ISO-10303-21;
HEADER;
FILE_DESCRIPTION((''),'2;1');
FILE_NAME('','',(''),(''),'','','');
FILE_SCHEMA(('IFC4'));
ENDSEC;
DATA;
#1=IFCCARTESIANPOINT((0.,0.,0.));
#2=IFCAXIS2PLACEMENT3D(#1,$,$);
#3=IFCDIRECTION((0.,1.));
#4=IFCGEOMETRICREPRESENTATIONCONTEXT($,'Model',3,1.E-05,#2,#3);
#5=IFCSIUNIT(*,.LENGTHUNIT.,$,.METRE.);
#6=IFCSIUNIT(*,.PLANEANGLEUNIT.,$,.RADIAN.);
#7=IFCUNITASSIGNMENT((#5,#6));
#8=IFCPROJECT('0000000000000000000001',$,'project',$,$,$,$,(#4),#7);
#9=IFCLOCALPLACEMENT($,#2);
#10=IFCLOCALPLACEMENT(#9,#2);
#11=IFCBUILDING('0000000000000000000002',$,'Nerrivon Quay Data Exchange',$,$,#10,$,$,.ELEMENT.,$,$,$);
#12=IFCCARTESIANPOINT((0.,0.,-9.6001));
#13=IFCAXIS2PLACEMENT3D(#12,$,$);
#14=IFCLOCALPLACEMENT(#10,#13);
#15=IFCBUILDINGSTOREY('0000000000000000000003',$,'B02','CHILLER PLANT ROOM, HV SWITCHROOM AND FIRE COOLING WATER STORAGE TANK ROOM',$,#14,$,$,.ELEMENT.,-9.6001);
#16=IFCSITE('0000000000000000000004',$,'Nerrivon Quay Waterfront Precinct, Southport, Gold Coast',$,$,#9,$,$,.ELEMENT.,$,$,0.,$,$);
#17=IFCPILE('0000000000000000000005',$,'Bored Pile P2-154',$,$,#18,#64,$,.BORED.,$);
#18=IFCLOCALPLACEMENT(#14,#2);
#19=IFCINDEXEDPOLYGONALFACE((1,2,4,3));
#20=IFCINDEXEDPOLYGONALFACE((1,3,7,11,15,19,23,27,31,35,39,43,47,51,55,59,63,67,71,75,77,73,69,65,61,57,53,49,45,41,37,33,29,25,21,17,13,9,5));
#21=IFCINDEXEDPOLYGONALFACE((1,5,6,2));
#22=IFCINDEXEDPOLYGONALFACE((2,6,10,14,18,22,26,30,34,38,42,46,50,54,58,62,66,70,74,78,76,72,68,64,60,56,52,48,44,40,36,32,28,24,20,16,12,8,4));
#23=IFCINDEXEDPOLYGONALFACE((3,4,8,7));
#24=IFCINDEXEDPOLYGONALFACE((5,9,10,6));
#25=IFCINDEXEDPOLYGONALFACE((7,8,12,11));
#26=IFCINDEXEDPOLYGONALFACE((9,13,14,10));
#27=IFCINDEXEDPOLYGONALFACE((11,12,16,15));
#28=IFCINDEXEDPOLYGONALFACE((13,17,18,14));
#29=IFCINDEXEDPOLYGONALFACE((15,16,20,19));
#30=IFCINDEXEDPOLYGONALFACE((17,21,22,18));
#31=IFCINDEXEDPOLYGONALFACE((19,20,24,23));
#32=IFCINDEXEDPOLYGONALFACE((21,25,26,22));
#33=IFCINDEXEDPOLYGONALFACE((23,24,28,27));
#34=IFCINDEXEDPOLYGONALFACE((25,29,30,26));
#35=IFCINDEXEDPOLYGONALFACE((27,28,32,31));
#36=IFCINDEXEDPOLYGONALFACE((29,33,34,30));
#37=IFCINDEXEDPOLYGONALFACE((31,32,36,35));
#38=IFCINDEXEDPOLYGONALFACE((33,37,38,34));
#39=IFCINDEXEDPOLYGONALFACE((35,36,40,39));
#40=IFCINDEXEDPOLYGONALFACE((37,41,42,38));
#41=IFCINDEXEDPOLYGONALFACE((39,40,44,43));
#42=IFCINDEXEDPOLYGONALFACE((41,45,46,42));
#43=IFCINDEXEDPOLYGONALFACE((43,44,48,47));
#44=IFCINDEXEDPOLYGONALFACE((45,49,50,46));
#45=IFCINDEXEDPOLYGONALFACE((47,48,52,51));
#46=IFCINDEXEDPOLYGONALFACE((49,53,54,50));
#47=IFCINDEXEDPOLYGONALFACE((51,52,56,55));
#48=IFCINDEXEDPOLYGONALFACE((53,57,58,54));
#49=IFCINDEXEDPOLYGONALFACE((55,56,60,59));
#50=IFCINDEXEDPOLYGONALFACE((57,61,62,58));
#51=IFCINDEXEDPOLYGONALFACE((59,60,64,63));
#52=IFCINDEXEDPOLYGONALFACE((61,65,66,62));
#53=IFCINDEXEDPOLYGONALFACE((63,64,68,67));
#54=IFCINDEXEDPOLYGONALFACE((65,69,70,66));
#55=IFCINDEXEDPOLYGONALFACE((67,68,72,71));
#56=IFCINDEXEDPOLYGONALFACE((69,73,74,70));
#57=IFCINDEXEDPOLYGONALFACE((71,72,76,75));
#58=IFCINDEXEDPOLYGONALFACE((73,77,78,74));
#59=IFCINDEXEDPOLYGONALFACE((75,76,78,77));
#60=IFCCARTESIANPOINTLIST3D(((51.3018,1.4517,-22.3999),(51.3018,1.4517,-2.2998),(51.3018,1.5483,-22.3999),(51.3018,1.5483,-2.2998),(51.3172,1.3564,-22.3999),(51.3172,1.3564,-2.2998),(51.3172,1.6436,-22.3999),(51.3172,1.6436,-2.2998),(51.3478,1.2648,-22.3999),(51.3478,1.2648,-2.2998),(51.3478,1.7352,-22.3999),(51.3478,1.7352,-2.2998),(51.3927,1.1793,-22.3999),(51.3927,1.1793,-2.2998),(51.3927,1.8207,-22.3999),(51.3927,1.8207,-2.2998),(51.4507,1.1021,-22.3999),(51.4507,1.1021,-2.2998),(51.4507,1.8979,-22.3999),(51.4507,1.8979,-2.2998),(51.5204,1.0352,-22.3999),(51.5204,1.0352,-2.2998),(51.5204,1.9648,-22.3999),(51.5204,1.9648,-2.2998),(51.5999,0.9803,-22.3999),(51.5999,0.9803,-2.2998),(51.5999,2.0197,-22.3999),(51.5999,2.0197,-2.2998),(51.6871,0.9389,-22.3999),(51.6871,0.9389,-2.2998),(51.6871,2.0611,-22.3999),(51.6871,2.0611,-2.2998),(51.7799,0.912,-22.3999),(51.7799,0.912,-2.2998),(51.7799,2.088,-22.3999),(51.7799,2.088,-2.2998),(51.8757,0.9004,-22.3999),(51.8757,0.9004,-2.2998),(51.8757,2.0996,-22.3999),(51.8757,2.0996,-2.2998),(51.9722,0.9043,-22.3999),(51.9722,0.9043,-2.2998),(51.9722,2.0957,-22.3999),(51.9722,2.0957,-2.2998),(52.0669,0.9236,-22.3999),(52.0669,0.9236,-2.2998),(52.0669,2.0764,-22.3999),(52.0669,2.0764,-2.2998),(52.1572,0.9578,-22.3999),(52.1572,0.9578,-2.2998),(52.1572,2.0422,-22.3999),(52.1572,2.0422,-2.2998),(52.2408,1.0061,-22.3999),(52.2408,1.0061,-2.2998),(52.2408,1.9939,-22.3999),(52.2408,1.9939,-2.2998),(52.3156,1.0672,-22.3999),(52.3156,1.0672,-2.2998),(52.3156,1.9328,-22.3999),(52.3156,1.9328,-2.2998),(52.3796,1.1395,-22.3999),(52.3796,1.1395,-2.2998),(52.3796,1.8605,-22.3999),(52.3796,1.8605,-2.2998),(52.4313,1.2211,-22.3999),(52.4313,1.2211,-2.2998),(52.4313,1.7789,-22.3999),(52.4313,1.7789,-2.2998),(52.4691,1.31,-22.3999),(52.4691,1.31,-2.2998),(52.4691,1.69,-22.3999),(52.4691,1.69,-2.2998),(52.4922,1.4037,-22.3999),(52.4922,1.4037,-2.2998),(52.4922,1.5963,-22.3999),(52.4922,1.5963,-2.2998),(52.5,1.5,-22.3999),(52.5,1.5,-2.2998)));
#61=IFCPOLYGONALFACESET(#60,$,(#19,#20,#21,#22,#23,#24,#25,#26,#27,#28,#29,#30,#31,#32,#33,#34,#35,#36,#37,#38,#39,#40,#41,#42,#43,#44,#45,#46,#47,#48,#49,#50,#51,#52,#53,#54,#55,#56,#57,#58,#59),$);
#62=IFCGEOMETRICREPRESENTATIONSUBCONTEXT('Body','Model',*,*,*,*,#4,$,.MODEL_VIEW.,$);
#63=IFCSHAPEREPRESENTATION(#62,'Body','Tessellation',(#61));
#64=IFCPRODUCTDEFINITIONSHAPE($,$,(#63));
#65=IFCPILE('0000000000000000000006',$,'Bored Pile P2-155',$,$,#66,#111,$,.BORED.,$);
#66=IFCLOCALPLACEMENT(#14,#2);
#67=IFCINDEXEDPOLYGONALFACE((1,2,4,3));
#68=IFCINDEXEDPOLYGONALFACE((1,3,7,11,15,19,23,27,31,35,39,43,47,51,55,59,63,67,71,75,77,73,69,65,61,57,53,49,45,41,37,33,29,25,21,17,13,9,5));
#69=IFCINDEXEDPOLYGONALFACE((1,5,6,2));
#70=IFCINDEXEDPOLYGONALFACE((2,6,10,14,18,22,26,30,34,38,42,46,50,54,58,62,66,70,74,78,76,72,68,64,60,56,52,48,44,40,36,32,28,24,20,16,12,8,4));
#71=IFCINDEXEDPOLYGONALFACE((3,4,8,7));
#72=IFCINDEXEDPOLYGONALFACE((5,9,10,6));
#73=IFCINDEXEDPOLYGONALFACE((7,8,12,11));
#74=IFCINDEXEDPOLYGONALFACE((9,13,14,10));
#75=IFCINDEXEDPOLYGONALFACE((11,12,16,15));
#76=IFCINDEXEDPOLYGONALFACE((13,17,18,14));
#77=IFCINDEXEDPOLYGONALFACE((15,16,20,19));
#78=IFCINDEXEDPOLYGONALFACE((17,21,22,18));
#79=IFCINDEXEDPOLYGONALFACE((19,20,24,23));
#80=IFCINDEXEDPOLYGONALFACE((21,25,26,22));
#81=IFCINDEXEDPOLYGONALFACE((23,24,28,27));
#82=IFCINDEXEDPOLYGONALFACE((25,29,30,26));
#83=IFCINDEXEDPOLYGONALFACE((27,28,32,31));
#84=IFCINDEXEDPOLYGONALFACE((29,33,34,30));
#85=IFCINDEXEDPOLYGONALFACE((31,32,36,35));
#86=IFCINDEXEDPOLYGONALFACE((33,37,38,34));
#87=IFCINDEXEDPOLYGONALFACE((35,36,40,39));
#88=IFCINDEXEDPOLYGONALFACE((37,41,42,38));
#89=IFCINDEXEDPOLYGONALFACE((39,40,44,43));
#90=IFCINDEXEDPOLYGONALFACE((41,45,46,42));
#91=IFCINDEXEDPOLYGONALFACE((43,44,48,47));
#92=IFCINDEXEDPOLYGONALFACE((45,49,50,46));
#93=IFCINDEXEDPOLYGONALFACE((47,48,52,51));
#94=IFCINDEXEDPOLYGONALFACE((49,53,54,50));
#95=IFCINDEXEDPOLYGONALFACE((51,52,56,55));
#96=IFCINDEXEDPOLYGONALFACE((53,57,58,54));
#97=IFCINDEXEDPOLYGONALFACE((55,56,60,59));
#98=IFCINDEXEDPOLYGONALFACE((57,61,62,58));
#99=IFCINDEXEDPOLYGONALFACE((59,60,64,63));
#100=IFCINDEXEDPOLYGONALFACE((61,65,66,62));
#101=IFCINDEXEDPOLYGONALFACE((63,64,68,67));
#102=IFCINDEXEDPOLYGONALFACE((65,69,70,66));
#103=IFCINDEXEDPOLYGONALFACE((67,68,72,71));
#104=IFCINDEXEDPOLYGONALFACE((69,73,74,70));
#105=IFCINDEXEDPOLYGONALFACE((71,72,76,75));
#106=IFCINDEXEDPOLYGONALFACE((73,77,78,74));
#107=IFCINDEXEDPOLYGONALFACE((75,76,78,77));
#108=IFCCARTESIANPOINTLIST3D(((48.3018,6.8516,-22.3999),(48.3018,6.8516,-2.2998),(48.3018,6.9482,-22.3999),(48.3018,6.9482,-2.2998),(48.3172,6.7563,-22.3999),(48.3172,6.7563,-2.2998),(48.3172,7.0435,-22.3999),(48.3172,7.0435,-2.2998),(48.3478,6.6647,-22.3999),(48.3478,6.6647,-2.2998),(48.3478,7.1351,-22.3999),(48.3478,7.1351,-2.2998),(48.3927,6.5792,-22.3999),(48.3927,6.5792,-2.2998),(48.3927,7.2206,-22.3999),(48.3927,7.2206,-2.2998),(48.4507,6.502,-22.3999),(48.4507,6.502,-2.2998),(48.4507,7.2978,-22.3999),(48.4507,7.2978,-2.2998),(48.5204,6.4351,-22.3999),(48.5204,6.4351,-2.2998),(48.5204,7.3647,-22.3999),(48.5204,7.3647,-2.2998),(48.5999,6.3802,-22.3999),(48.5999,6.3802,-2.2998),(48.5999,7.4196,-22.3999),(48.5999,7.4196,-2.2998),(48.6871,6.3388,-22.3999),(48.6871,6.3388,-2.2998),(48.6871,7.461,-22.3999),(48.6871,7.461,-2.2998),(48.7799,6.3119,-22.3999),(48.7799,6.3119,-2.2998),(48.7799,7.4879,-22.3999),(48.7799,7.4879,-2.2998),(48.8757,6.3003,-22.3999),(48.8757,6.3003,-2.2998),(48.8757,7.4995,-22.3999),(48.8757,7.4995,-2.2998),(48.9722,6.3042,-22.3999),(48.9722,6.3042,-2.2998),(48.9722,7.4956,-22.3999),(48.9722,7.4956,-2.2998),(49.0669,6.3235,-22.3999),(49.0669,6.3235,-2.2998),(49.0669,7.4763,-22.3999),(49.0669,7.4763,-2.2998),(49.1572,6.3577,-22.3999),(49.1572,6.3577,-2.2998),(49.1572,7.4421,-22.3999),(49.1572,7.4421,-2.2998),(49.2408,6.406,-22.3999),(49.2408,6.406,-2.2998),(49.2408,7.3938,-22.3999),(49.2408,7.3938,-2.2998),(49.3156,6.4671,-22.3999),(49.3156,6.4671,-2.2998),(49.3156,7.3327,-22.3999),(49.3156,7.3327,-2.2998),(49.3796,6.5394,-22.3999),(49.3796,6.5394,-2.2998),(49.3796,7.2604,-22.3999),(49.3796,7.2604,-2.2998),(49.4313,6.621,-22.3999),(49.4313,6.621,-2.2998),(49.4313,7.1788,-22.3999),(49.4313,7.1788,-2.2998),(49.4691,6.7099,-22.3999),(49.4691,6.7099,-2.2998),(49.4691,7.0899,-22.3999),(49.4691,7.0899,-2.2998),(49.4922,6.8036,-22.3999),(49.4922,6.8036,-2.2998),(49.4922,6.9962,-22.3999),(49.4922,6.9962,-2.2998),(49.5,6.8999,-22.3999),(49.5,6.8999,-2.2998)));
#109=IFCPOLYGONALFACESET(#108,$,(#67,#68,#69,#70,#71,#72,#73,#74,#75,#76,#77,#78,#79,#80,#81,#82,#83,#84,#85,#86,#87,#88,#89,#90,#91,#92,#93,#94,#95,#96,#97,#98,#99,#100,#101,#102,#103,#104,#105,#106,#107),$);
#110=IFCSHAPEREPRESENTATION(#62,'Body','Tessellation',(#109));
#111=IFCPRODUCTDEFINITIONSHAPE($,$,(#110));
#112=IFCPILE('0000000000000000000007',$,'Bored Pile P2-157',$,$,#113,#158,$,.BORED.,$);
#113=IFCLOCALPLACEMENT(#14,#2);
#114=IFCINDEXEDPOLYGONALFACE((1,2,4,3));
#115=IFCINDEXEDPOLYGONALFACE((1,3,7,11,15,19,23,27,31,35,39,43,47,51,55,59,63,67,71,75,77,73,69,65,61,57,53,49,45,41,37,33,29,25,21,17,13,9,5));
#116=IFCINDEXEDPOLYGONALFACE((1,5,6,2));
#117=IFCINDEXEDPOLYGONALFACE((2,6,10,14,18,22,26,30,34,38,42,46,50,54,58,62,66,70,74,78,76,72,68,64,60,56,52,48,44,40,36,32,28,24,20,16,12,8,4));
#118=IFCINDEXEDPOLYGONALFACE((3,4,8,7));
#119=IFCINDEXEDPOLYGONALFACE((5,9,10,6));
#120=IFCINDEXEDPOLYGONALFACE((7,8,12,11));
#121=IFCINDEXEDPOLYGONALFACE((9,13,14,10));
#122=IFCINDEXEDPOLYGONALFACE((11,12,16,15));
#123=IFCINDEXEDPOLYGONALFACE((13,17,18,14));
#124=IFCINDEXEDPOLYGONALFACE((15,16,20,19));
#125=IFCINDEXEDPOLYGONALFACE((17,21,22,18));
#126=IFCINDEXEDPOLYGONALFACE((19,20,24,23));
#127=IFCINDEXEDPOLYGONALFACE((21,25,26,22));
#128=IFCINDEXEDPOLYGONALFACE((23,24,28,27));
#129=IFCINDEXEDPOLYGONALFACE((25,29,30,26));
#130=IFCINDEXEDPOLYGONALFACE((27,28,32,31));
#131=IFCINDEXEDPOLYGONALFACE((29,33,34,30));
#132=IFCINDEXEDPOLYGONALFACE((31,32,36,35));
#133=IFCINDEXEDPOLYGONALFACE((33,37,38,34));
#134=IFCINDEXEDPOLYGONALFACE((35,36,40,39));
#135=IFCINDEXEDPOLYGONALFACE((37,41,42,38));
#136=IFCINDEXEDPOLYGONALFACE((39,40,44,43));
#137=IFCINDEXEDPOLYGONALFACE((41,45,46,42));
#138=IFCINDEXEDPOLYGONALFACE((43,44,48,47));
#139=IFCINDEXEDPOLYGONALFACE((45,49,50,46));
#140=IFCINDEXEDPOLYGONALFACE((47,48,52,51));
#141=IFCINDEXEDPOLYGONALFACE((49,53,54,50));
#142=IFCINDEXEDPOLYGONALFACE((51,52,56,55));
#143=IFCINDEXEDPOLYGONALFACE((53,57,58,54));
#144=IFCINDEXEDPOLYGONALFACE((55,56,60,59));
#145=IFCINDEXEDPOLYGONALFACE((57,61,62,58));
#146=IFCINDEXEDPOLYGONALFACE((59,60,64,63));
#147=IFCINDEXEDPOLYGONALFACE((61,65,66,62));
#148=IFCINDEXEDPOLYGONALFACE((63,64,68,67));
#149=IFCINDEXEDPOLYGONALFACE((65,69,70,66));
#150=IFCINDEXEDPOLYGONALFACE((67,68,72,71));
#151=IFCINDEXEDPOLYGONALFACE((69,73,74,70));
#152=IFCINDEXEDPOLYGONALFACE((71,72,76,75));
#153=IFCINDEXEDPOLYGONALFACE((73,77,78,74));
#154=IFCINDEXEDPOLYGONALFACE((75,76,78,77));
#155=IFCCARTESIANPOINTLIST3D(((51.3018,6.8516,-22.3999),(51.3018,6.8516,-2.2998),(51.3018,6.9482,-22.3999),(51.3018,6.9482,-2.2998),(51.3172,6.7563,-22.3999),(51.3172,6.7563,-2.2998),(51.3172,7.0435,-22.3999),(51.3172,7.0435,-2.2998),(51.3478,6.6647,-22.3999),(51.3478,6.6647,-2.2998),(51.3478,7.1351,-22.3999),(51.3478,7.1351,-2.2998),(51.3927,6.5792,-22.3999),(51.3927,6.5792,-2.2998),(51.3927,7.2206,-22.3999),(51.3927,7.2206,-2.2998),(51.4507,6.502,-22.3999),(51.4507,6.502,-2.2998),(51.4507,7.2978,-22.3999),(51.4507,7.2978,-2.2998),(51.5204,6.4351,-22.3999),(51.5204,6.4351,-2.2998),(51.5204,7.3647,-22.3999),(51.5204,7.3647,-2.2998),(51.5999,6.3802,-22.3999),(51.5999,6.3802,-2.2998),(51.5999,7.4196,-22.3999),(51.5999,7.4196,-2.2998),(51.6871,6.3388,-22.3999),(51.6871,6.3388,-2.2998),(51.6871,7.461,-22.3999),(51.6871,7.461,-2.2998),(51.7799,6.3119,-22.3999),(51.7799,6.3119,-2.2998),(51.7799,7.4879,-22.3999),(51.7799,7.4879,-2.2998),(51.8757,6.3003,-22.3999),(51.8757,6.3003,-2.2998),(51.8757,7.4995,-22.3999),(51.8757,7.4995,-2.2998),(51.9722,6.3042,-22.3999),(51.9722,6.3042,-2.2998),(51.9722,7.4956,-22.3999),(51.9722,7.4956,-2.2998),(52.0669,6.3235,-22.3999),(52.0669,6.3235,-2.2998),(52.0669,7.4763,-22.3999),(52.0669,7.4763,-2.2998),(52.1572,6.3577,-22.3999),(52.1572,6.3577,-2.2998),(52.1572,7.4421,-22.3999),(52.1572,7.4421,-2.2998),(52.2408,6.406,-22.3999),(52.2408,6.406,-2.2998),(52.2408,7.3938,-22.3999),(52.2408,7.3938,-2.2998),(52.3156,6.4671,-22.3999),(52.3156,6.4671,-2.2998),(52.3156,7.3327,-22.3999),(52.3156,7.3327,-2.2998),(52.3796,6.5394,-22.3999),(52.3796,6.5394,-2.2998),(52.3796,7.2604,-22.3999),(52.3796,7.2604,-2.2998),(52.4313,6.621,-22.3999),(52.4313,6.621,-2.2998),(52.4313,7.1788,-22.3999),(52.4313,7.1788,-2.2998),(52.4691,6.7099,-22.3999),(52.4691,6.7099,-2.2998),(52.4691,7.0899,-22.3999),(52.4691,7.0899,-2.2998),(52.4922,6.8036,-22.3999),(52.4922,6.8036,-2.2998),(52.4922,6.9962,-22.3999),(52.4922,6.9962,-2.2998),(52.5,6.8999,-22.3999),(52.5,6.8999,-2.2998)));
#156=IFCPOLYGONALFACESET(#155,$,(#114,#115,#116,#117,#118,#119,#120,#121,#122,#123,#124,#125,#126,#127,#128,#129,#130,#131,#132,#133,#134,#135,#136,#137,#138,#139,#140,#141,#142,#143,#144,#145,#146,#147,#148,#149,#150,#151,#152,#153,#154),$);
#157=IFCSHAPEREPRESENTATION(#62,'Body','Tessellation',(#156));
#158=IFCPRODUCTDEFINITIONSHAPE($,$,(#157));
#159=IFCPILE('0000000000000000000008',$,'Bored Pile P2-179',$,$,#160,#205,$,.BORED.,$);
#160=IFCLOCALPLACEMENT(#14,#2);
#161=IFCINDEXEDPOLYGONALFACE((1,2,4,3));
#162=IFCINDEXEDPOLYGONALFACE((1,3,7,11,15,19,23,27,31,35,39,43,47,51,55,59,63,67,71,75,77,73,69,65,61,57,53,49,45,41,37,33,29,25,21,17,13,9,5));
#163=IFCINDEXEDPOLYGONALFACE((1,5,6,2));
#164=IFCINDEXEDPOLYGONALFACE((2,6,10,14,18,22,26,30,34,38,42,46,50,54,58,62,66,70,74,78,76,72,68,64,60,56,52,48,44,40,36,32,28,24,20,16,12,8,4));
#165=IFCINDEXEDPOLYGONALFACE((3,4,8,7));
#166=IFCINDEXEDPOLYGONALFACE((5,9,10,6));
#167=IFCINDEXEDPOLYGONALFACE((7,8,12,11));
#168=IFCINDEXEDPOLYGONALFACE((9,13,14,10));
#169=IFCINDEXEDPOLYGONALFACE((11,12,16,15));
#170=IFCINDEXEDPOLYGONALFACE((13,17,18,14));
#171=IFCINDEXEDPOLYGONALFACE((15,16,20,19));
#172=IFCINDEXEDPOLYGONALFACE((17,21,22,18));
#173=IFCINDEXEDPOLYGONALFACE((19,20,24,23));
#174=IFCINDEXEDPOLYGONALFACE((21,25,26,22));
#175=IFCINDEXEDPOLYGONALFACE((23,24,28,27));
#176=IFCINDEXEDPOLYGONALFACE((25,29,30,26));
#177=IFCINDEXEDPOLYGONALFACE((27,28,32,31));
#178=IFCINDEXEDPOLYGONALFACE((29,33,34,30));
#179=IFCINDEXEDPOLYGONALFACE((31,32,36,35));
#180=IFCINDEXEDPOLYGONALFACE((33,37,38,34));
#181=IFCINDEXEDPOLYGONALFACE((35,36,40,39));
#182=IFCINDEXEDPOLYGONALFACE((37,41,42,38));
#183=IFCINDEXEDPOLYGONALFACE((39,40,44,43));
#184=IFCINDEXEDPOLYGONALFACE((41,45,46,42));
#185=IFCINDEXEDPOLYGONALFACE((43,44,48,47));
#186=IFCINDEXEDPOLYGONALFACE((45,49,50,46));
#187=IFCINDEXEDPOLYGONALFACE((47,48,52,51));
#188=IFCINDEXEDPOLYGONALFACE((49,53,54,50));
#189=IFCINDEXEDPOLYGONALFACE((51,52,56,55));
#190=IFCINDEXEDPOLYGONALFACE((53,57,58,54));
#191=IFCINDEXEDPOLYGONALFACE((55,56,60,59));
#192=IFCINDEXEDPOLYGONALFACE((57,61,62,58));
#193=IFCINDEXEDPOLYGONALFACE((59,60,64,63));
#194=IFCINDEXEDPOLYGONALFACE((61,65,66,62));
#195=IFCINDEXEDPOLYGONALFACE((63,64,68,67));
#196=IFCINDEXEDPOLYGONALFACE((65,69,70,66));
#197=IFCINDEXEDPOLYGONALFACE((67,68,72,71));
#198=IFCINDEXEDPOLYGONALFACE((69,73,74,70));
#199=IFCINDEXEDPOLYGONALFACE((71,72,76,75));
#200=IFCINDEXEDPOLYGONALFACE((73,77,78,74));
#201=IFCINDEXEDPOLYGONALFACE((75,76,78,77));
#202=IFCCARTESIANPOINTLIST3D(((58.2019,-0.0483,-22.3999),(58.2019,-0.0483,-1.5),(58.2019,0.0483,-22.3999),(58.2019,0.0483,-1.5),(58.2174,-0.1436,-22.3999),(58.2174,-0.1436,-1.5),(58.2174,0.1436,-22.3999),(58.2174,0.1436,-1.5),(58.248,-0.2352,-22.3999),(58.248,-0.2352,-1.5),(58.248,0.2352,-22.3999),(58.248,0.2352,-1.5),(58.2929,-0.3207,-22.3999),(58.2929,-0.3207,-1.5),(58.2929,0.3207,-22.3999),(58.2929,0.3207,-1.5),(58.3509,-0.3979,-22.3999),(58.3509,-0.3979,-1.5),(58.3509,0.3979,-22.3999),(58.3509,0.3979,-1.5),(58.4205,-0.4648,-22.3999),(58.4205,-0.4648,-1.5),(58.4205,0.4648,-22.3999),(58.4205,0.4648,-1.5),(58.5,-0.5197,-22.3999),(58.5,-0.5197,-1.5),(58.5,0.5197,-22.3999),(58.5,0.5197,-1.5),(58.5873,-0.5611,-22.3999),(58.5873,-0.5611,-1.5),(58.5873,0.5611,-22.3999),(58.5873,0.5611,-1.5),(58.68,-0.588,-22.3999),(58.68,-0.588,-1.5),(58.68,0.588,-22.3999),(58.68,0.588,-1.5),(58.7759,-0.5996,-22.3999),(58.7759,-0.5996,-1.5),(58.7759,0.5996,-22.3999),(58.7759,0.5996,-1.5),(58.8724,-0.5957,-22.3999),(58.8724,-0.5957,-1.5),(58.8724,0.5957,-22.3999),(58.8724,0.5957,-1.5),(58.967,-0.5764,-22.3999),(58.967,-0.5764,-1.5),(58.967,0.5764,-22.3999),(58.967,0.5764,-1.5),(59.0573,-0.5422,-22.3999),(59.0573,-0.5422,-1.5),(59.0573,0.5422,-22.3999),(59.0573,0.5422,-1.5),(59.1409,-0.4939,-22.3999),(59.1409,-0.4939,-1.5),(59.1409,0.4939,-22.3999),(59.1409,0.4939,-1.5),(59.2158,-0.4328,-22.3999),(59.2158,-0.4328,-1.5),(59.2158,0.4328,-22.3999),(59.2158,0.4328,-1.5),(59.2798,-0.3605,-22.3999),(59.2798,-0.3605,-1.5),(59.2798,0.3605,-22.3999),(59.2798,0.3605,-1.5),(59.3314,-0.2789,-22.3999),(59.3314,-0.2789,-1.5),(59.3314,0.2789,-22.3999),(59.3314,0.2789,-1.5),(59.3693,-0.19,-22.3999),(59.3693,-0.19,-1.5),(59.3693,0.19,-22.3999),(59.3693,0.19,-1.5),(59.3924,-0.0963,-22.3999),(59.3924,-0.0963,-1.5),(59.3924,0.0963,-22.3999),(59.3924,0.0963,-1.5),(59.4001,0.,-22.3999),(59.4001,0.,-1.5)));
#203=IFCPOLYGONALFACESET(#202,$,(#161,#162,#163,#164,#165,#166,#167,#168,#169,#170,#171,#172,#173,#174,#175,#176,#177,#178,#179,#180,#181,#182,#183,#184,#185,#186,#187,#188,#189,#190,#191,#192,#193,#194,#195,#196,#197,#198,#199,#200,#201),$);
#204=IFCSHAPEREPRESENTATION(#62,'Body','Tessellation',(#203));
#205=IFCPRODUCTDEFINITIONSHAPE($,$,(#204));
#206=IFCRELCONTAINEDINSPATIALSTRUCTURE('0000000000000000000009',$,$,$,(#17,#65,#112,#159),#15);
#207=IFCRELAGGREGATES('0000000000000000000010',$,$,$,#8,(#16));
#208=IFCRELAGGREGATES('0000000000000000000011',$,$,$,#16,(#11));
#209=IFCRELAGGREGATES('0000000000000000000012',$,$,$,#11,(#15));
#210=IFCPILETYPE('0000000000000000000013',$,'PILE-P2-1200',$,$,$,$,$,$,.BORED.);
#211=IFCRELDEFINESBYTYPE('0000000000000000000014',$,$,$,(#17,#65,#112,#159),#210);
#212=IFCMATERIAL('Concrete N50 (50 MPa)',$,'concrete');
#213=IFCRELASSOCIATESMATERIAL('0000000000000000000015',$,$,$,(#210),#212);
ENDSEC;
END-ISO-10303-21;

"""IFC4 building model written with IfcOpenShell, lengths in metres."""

from ifc_helpers import new_model, si_unit, direction, frame, origin, origin_2d, place, context, subcontext, project, spatial, circle, extrude, material, material_profile, profile_set, type_object, element, save


model = new_model("IFC4")

# Units and contexts
model_context = context("Model", 3, precision=1e-05, world=origin(), true_north=direction((0.0, 1.0)))
body_context = subcontext(model_context, "Body", "Model", "MODEL_VIEW")
ifc_project = project(units=[si_unit("LENGTHUNIT", "METRE"), si_unit("PLANEANGLEUNIT", "RADIAN")], contexts=[model_context])

# Site, building, storey
site_placement = place(None, origin())
site = spatial("IfcSite", under=ifc_project, at=site_placement, Name="Nerrivon Quay Waterfront Precinct, Southport, Gold Coast", CompositionType="ELEMENT", RefElevation=0.0)
building_placement = place(site_placement, origin())
building = spatial("IfcBuilding", under=site, at=building_placement, Name="Nerrivon Quay Data Exchange", CompositionType="ELEMENT")
storey_placement = place(building_placement, frame((0.0, 0.0, -9.6001)))
storey = spatial("IfcBuildingStorey", under=building, at=storey_placement, Name="B02", Description="CHILLER PLANT ROOM, HV SWITCHROOM AND FIRE COOLING WATER STORAGE TANK ROOM", CompositionType="ELEMENT", Elevation=-9.6001)

# Piles
ifc_material_1 = material(Name="Concrete N50 (50 MPa)", Category="concrete")
ifc_material_profile_1 = material_profile(ifc_material_1, circle(Radius=0.6001, at=origin_2d()), Name="PILE-1200")
ifc_profile_set_1 = profile_set([ifc_material_profile_1], Name="Concrete N50 (50 MPa)")
pile_type = type_object("IfcPileType", Name="PILE-P2-1200", PredefinedType="BORED", material=ifc_profile_set_1)
for number, where, z_axis, x_axis, name in (
    (1, (51.8999, 1.5, -2.2998), (0.0, 0.0, -1.0), (1.0, 0.0, 0.0), "Bored Pile P2-154"),
    (2, (48.8999, 6.8999, -2.2998), (0.0, 0.0, -1.0), (1.0, 0.0, 0.0), "Bored Pile P2-155"),
    (3, (51.8999, 6.8999, -2.2998), (0.0, 0.0, -1.0), (1.0, 0.0, 0.0), "Bored Pile P2-157"),
):
    element("IfcPile", number, at=place(storey_placement, frame(where, z_axis=z_axis, x_axis=x_axis)), inside=storey, type_object=pile_type, Name=name, PredefinedType="BORED", context=body_context, shape_type="SweptSolid", body=[
        extrude(circle(Radius=0.6001, at=origin_2d()), origin(), (0.0, 0.0, 1.0), 20.1001),
    ])
for number, where, z_axis, x_axis, name in (
    (4, (58.8, 0.0, -1.5), (0.0, 0.0, -1.0), (1.0, 0.0, 0.0), "Bored Pile P2-179"),
):
    element("IfcPile", number, at=place(storey_placement, frame(where, z_axis=z_axis, x_axis=x_axis)), inside=storey, type_object=pile_type, Name=name, PredefinedType="BORED", context=body_context, shape_type="SweptSolid", body=[
        extrude(circle(Radius=0.6001, at=origin_2d()), origin(), (0.0, 0.0, 1.0), 20.8999),
    ])

save(model, "model.ifc")
